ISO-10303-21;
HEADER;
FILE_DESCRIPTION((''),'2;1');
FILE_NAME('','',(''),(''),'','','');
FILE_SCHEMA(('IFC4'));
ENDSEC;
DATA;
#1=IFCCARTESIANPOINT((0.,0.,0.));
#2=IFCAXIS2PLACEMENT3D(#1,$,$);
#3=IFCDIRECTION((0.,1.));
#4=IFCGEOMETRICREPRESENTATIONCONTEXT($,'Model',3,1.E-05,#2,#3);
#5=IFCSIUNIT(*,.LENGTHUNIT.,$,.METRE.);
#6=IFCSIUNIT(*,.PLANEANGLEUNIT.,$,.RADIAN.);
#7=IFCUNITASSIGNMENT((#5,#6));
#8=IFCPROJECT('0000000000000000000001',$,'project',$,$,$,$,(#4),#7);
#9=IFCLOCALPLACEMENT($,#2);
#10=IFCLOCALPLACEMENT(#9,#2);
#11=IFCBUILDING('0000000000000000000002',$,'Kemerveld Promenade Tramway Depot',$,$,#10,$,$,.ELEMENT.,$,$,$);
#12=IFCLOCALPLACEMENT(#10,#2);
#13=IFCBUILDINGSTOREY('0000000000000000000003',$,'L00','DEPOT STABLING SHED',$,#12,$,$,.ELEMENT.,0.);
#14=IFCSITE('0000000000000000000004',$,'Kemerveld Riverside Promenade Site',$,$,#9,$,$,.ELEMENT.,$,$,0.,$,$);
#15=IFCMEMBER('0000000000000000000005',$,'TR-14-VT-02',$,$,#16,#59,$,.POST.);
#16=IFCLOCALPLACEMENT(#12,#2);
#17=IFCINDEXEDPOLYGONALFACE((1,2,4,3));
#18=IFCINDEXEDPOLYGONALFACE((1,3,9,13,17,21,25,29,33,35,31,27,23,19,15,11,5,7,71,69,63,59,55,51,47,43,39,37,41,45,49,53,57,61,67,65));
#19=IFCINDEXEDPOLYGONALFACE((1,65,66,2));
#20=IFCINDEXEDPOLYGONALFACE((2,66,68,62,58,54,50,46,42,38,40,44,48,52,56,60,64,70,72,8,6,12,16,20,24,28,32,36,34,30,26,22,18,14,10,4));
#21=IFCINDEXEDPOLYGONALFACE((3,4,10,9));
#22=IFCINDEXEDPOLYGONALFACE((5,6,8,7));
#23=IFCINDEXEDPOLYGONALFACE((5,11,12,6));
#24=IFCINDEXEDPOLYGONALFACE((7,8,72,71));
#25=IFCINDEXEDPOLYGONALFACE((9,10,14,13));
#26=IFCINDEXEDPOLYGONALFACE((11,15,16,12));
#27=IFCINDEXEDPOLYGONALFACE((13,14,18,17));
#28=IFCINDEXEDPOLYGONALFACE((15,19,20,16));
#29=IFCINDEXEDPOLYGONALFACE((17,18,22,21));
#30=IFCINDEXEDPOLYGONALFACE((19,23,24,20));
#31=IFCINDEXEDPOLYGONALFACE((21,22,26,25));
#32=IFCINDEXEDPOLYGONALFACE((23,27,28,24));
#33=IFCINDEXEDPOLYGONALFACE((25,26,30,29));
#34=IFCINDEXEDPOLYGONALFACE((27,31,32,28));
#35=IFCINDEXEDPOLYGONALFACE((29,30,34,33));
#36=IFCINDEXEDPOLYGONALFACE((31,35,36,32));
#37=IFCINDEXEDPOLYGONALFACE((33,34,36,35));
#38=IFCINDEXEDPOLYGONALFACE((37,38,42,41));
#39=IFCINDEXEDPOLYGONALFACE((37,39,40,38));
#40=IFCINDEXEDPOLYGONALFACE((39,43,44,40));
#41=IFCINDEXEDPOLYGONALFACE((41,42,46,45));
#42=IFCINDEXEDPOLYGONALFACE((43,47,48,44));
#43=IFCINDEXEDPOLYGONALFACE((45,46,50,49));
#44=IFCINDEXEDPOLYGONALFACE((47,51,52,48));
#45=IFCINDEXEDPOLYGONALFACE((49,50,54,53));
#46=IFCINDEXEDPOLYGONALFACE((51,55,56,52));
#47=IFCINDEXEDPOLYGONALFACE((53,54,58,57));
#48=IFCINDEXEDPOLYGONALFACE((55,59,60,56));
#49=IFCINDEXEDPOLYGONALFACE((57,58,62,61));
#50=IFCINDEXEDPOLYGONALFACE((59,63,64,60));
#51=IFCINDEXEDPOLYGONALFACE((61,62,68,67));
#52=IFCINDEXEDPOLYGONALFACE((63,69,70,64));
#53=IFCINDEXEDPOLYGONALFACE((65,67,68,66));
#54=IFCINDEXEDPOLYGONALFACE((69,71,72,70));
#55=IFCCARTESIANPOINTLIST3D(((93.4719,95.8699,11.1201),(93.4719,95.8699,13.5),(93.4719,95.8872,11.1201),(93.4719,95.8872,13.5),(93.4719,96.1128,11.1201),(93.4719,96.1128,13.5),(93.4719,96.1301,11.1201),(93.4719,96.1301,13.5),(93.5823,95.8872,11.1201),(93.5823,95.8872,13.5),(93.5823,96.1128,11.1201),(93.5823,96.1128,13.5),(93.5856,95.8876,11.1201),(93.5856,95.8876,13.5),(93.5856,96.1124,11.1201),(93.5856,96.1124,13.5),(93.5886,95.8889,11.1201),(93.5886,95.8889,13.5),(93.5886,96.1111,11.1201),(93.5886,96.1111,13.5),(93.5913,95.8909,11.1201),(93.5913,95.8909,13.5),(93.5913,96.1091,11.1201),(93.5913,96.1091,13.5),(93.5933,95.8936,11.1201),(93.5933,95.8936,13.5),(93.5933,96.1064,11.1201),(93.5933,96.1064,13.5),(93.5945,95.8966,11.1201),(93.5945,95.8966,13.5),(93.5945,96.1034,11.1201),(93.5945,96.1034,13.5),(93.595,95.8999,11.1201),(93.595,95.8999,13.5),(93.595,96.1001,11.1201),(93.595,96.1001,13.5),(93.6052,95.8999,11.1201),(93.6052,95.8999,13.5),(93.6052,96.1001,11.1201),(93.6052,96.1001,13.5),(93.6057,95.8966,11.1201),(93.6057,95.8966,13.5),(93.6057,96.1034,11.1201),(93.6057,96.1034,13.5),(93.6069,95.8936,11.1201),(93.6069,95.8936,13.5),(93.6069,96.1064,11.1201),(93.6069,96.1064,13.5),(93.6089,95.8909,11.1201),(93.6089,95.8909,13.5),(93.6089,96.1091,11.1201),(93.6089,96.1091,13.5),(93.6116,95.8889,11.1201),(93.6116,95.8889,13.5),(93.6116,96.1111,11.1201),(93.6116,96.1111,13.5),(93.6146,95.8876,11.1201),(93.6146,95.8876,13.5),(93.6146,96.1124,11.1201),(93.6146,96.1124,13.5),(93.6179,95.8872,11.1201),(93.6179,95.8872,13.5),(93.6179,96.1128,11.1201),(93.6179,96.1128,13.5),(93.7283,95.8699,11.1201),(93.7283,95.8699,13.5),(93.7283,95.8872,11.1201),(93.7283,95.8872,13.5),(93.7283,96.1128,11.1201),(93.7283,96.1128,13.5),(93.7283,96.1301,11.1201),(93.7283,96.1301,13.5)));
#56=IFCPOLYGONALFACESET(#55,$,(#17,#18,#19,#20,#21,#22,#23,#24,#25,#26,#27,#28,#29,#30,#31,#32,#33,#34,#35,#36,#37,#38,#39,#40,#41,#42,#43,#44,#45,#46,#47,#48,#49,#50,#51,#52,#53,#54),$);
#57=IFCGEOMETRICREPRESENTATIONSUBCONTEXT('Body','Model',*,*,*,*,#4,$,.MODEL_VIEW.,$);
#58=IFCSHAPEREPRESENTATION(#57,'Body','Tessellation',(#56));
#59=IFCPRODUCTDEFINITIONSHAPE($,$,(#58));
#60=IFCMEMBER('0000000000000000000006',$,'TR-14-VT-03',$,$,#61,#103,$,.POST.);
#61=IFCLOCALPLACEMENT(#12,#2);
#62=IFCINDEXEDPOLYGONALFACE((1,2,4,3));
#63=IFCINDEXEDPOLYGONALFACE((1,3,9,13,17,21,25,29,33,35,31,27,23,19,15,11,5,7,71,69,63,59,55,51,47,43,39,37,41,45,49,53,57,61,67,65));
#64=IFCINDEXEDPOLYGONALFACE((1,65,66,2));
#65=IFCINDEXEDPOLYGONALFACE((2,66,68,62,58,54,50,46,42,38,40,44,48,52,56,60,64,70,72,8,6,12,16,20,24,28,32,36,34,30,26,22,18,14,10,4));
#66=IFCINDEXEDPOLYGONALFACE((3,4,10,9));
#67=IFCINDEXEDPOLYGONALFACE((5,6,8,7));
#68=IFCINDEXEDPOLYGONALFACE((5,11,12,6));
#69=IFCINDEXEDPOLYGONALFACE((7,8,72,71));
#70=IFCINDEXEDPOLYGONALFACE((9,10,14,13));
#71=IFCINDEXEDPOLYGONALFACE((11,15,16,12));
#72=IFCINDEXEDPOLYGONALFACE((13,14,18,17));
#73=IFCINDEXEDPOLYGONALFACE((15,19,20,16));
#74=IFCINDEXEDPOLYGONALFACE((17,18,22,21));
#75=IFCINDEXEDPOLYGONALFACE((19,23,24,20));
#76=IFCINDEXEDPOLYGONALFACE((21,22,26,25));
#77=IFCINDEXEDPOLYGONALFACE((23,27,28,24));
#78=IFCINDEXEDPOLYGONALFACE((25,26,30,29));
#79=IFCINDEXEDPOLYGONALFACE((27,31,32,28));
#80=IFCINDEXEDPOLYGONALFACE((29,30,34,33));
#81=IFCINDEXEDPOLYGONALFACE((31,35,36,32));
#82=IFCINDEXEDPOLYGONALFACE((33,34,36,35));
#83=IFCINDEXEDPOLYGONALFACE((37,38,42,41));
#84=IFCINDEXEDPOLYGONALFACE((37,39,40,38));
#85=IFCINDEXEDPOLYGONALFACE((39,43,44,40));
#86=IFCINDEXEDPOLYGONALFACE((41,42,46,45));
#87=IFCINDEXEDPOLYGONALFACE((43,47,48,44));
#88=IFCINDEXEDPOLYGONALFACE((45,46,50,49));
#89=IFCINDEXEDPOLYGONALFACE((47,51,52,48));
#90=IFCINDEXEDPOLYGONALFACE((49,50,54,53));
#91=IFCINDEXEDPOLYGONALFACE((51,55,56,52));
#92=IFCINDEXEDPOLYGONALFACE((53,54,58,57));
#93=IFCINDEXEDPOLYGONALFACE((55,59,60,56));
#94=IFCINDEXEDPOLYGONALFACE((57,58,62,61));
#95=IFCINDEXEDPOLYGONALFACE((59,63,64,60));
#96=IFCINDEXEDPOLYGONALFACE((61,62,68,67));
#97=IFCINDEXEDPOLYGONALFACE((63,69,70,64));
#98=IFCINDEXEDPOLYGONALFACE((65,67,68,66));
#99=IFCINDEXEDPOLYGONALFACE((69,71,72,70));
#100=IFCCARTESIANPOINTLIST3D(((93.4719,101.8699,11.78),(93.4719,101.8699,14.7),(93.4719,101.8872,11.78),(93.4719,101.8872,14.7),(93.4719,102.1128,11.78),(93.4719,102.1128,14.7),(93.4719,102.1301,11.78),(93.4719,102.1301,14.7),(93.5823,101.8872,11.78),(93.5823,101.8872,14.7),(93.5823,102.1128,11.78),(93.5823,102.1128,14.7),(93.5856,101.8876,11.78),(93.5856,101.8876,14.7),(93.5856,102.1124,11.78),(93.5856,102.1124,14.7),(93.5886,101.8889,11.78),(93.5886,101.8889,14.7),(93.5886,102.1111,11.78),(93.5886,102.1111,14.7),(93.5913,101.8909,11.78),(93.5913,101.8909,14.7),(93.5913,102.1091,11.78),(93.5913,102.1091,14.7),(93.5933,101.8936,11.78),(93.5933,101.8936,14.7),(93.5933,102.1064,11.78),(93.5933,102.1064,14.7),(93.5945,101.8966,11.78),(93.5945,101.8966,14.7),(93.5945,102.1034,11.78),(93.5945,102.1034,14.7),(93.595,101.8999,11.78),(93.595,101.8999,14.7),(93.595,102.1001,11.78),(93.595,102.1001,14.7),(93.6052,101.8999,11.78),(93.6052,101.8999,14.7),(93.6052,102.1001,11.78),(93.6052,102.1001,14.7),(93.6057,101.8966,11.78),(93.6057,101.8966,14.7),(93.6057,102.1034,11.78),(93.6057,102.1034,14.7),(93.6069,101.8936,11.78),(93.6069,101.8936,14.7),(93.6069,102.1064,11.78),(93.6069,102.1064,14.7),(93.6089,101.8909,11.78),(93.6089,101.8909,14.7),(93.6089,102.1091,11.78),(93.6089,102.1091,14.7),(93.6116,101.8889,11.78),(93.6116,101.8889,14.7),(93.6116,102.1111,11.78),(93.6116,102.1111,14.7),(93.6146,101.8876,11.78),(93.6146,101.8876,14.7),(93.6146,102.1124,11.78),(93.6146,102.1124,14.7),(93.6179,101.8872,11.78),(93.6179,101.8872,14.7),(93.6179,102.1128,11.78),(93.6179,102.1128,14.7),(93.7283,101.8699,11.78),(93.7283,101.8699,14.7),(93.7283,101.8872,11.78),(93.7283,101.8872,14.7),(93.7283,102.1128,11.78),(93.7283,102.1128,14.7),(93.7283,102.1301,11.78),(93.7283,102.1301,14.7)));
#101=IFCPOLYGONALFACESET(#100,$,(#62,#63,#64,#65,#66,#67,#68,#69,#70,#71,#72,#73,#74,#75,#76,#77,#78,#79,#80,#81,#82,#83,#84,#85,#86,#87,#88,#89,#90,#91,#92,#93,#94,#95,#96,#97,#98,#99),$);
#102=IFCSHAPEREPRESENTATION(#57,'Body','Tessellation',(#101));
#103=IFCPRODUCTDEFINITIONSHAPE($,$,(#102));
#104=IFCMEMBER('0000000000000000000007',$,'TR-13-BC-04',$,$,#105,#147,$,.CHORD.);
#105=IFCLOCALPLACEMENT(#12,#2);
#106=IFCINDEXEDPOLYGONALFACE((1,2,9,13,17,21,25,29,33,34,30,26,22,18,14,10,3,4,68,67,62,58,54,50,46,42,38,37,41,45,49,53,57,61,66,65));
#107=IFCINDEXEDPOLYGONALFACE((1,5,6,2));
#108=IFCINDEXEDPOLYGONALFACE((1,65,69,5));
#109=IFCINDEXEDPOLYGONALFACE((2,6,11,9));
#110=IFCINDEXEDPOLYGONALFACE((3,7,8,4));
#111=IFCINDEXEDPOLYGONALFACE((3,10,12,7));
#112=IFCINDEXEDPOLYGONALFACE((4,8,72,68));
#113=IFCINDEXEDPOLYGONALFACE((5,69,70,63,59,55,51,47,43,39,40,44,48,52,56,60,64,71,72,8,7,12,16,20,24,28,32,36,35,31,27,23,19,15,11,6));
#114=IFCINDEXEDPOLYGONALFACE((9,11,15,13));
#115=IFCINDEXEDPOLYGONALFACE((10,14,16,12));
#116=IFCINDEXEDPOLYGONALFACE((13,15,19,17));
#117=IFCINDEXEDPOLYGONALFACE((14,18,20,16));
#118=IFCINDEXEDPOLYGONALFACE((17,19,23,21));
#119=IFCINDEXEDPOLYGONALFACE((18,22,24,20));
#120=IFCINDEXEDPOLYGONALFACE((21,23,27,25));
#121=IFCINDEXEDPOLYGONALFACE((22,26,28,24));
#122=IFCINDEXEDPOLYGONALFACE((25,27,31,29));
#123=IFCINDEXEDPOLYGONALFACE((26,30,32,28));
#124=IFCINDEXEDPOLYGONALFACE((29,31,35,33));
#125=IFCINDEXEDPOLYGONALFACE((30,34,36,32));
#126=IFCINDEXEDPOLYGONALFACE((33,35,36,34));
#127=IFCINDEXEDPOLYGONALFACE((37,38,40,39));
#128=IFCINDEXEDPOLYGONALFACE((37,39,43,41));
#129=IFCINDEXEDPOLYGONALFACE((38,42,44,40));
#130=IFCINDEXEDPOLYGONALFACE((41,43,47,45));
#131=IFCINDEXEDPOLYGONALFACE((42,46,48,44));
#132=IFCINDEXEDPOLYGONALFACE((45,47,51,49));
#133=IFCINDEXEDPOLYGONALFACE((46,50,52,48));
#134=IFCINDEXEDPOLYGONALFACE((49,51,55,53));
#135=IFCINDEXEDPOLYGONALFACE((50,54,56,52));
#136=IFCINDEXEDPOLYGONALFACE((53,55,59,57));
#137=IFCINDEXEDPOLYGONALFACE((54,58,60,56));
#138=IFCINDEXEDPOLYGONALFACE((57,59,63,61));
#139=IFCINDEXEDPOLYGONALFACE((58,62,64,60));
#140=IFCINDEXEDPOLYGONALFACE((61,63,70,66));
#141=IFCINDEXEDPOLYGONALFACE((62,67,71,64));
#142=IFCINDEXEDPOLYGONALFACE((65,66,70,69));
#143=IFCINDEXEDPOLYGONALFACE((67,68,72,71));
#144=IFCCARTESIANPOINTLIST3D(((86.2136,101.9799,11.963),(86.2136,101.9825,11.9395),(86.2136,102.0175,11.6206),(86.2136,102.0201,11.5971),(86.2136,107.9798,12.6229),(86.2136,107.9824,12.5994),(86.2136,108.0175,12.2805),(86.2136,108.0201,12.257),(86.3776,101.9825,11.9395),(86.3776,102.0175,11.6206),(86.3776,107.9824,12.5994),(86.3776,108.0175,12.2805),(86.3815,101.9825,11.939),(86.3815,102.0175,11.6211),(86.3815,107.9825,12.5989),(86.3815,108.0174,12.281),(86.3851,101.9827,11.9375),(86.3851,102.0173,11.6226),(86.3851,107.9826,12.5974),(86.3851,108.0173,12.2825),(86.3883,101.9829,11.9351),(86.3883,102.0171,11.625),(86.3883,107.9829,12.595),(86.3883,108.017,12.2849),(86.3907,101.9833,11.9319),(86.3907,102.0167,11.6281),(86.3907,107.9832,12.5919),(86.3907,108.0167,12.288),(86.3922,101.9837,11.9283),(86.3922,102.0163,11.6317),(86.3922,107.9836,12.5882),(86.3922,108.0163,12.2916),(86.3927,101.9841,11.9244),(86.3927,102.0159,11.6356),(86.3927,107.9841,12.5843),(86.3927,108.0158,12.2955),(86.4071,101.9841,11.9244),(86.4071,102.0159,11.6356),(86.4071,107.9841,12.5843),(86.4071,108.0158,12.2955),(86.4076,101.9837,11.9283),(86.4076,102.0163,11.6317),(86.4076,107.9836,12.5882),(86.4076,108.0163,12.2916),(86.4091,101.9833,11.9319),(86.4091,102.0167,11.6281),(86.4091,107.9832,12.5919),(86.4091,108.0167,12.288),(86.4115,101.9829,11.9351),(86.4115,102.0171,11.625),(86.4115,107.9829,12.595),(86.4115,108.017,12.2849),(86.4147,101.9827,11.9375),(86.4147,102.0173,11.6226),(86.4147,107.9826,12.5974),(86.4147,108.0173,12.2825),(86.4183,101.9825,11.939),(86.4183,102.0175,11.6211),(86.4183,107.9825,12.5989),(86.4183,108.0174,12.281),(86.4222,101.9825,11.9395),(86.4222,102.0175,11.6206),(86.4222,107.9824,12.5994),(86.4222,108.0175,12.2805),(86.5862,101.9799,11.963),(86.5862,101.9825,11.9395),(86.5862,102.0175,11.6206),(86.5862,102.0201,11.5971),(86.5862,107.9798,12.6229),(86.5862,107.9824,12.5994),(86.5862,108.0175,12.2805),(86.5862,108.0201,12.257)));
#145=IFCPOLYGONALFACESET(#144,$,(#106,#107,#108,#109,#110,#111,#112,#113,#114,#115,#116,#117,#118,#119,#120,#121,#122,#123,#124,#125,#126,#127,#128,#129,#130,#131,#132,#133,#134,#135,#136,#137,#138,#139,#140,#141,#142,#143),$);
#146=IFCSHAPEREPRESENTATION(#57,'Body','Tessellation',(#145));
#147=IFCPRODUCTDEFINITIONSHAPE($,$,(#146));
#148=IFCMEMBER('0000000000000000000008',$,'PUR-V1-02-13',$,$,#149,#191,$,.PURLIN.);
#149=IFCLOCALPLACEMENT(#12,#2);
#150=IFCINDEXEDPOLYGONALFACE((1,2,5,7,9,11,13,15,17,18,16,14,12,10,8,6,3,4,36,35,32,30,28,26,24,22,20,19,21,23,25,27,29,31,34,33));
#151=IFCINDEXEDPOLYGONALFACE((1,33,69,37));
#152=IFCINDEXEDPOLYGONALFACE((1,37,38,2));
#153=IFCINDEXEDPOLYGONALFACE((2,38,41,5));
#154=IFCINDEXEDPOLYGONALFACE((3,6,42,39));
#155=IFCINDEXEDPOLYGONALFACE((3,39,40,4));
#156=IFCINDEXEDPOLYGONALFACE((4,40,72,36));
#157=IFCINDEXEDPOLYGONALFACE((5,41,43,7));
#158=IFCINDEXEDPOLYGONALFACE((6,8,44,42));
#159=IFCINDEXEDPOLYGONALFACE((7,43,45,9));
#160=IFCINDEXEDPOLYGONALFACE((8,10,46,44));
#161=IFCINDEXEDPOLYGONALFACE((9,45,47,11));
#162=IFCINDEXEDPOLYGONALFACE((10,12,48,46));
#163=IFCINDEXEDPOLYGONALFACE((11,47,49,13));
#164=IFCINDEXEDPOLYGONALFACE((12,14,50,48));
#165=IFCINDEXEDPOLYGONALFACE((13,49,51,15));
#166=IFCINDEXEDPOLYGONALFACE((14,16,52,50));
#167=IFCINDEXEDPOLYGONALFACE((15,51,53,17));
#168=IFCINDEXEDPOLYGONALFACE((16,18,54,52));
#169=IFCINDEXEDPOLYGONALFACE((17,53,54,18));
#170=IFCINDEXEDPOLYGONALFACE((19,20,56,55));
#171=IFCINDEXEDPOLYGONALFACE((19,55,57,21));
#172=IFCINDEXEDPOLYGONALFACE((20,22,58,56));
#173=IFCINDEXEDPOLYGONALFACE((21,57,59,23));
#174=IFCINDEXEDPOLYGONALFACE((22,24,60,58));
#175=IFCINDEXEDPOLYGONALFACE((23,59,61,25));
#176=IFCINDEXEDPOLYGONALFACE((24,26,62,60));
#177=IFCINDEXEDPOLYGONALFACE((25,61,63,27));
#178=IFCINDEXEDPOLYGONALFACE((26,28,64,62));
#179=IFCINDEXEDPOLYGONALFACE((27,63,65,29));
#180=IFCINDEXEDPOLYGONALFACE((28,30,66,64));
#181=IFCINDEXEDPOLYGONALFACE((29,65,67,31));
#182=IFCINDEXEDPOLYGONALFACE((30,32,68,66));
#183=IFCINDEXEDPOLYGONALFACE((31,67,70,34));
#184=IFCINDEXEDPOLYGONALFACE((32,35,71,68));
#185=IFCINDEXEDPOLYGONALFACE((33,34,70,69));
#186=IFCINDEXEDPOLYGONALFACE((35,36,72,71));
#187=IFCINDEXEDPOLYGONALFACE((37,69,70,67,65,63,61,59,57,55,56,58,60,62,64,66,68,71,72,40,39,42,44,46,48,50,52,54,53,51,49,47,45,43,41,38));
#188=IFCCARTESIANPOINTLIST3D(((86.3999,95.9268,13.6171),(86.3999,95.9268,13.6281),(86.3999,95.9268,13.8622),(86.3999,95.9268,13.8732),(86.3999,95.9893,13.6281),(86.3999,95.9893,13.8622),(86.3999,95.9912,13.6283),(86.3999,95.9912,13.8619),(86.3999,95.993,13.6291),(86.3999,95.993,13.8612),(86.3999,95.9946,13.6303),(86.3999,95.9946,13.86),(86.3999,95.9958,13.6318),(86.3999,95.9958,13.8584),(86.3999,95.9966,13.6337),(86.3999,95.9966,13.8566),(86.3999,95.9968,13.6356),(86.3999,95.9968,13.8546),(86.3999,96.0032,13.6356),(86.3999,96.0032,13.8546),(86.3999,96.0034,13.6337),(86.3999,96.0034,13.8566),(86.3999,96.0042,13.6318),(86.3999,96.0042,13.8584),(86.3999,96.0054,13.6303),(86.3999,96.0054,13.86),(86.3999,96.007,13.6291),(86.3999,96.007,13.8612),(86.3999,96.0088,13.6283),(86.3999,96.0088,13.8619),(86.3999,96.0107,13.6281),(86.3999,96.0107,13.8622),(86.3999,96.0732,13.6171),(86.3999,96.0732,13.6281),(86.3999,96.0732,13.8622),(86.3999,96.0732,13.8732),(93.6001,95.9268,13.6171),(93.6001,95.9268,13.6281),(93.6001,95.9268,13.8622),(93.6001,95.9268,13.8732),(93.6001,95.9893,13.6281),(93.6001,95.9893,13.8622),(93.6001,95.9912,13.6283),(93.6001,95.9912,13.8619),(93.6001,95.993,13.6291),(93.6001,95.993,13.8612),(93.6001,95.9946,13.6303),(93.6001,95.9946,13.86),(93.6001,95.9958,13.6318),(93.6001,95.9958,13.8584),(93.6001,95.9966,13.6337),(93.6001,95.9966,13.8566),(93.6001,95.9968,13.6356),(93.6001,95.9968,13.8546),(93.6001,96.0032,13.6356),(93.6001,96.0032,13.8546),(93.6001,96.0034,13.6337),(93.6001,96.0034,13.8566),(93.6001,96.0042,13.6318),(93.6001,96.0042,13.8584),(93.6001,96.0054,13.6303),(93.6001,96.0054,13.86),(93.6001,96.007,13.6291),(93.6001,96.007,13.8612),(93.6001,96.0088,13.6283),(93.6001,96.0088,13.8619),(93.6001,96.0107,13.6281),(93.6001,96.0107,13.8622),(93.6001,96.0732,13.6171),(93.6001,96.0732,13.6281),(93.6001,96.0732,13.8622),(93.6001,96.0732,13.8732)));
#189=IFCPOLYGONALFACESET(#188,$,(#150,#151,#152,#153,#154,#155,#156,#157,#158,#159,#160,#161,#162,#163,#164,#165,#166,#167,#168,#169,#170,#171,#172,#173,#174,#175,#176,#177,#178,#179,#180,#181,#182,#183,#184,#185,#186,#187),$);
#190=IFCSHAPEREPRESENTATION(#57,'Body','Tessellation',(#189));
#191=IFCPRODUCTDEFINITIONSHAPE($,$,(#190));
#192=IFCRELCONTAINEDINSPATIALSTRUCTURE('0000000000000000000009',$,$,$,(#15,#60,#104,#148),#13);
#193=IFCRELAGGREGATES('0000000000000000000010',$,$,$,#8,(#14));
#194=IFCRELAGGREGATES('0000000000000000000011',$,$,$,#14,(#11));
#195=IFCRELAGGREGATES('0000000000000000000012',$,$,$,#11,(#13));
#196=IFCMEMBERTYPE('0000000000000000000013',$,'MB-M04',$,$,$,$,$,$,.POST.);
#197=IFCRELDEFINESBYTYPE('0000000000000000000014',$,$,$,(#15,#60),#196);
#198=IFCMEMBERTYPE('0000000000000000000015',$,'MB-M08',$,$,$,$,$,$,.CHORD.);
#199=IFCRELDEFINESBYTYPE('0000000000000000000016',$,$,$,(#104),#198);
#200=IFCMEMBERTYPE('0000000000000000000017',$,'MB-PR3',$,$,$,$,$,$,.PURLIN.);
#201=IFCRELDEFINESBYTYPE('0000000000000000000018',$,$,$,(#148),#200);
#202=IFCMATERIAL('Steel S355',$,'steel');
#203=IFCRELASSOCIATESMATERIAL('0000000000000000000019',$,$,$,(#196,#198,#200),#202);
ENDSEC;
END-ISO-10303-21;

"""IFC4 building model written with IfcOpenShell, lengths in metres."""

from ifc_helpers import new_model, si_unit, direction, frame, origin, origin_2d, place, context, subcontext, project, spatial, i_section, extrude, material, material_profile, profile_set, type_object, element, save


model = new_model("IFC4")

# Units and contexts
model_context = context("Model", 3, precision=1e-05, world=origin(), true_north=direction((0.0, 1.0)))
body_context = subcontext(model_context, "Body", "Model", "MODEL_VIEW")
ifc_project = project(units=[si_unit("LENGTHUNIT", "METRE"), si_unit("PLANEANGLEUNIT", "RADIAN")], contexts=[model_context])

# Site, building, storey
site_placement = place(None, origin())
site = spatial("IfcSite", under=ifc_project, at=site_placement, Name="Kemerveld Riverside Promenade Site", CompositionType="ELEMENT", RefElevation=0.0)
building_placement = place(site_placement, origin())
building = spatial("IfcBuilding", under=site, at=building_placement, Name="Kemerveld Promenade Tramway Depot", CompositionType="ELEMENT")
storey_placement = place(building_placement, origin())
storey = spatial("IfcBuildingStorey", under=building, at=storey_placement, Name="L00", Description="DEPOT STABLING SHED", CompositionType="ELEMENT", Elevation=0.0)

# Members
ifc_material_1 = material(Name="Steel S355", Category="steel")
ifc_material_profile_1 = material_profile(ifc_material_1, i_section(OverallWidth=0.2563, OverallDepth=0.2603, WebThickness=0.0103, FlangeThickness=0.0173, FilletRadius=0.0127, at=origin_2d()), Name="254x254x89 UC")
ifc_profile_set_1 = profile_set([ifc_material_profile_1], Name="Steel S355")
member_type_1 = type_object("IfcMemberType", Name="MB-M04", PredefinedType="POST", material=ifc_profile_set_1)
member_1_placement = place(storey_placement, frame((93.6001, 96.0, 11.1201), z_axis=(0.0, 0.0, 1.0), x_axis=(1.0, 0.0, 0.0)))
element("IfcMember", 1, at=member_1_placement, inside=storey, type_object=member_type_1, Name="TR-14-VT-02", PredefinedType="POST", context=body_context, shape_type="SweptSolid", body=[
    extrude(i_section(OverallWidth=0.2563, OverallDepth=0.2603, WebThickness=0.0103, FlangeThickness=0.0173, FilletRadius=0.0127, at=origin_2d()), origin(), (0.0, 0.0, 1.0), 2.3799),
])
member_2_placement = place(storey_placement, frame((93.6001, 102.0, 11.78), z_axis=(0.0, 0.0, 1.0), x_axis=(1.0, 0.0, 0.0)))
element("IfcMember", 2, at=member_2_placement, inside=storey, type_object=member_type_1, Name="TR-14-VT-03", PredefinedType="POST", context=body_context, shape_type="SweptSolid", body=[
    extrude(i_section(OverallWidth=0.2563, OverallDepth=0.2603, WebThickness=0.0103, FlangeThickness=0.0173, FilletRadius=0.0127, at=origin_2d()), origin(), (0.0, 0.0, 1.0), 2.9199),
])
ifc_material_profile_2 = material_profile(ifc_material_1, i_section(OverallWidth=0.3726, OverallDepth=0.3682, WebThickness=0.0144, FlangeThickness=0.0237, FilletRadius=0.0151, at=origin_2d()), Name="356x368x177 UC")
ifc_profile_set_2 = profile_set([ifc_material_profile_2], Name="Steel S355")
member_type_2 = type_object("IfcMemberType", Name="MB-M08", PredefinedType="CHORD", material=ifc_profile_set_2)
member_3_placement = place(storey_placement, frame((86.3999, 102.0, 11.78), z_axis=(0.0, 0.994006, 0.109326), x_axis=(-1.0, 0.0, 0.0)))
element("IfcMember", 3, at=member_3_placement, inside=storey, type_object=member_type_2, Name="TR-13-BC-04", PredefinedType="CHORD", context=body_context, shape_type="SweptSolid", body=[
    extrude(i_section(OverallWidth=0.3726, OverallDepth=0.3682, WebThickness=0.0144, FlangeThickness=0.0237, FilletRadius=0.0151, at=origin_2d()), origin(), (0.0, 0.0, 1.0), 6.0361),
])
ifc_material_profile_3 = material_profile(ifc_material_1, i_section(OverallWidth=0.1465, OverallDepth=0.2561, WebThickness=0.0063, FlangeThickness=0.011, FilletRadius=0.0076, at=origin_2d()), Name="254x146x37 UB")
ifc_profile_set_3 = profile_set([ifc_material_profile_3], Name="Steel S355")
member_type_3 = type_object("IfcMemberType", Name="MB-PR3", PredefinedType="PURLIN", material=ifc_profile_set_3)
member_4_placement = place(storey_placement, frame((86.3999, 96.0, 13.7451), z_axis=(1.0, 0.0, 0.0), x_axis=(0.0, 1.0, 0.0)))
element("IfcMember", 4, at=member_4_placement, inside=storey, type_object=member_type_3, Name="PUR-V1-02-13", PredefinedType="PURLIN", context=body_context, shape_type="SweptSolid", body=[
    extrude(i_section(OverallWidth=0.1465, OverallDepth=0.2561, WebThickness=0.0063, FlangeThickness=0.011, FilletRadius=0.0076, at=origin_2d()), origin(), (0.0, 0.0, 1.0), 7.2002),
])

save(model, "model.ifc")
